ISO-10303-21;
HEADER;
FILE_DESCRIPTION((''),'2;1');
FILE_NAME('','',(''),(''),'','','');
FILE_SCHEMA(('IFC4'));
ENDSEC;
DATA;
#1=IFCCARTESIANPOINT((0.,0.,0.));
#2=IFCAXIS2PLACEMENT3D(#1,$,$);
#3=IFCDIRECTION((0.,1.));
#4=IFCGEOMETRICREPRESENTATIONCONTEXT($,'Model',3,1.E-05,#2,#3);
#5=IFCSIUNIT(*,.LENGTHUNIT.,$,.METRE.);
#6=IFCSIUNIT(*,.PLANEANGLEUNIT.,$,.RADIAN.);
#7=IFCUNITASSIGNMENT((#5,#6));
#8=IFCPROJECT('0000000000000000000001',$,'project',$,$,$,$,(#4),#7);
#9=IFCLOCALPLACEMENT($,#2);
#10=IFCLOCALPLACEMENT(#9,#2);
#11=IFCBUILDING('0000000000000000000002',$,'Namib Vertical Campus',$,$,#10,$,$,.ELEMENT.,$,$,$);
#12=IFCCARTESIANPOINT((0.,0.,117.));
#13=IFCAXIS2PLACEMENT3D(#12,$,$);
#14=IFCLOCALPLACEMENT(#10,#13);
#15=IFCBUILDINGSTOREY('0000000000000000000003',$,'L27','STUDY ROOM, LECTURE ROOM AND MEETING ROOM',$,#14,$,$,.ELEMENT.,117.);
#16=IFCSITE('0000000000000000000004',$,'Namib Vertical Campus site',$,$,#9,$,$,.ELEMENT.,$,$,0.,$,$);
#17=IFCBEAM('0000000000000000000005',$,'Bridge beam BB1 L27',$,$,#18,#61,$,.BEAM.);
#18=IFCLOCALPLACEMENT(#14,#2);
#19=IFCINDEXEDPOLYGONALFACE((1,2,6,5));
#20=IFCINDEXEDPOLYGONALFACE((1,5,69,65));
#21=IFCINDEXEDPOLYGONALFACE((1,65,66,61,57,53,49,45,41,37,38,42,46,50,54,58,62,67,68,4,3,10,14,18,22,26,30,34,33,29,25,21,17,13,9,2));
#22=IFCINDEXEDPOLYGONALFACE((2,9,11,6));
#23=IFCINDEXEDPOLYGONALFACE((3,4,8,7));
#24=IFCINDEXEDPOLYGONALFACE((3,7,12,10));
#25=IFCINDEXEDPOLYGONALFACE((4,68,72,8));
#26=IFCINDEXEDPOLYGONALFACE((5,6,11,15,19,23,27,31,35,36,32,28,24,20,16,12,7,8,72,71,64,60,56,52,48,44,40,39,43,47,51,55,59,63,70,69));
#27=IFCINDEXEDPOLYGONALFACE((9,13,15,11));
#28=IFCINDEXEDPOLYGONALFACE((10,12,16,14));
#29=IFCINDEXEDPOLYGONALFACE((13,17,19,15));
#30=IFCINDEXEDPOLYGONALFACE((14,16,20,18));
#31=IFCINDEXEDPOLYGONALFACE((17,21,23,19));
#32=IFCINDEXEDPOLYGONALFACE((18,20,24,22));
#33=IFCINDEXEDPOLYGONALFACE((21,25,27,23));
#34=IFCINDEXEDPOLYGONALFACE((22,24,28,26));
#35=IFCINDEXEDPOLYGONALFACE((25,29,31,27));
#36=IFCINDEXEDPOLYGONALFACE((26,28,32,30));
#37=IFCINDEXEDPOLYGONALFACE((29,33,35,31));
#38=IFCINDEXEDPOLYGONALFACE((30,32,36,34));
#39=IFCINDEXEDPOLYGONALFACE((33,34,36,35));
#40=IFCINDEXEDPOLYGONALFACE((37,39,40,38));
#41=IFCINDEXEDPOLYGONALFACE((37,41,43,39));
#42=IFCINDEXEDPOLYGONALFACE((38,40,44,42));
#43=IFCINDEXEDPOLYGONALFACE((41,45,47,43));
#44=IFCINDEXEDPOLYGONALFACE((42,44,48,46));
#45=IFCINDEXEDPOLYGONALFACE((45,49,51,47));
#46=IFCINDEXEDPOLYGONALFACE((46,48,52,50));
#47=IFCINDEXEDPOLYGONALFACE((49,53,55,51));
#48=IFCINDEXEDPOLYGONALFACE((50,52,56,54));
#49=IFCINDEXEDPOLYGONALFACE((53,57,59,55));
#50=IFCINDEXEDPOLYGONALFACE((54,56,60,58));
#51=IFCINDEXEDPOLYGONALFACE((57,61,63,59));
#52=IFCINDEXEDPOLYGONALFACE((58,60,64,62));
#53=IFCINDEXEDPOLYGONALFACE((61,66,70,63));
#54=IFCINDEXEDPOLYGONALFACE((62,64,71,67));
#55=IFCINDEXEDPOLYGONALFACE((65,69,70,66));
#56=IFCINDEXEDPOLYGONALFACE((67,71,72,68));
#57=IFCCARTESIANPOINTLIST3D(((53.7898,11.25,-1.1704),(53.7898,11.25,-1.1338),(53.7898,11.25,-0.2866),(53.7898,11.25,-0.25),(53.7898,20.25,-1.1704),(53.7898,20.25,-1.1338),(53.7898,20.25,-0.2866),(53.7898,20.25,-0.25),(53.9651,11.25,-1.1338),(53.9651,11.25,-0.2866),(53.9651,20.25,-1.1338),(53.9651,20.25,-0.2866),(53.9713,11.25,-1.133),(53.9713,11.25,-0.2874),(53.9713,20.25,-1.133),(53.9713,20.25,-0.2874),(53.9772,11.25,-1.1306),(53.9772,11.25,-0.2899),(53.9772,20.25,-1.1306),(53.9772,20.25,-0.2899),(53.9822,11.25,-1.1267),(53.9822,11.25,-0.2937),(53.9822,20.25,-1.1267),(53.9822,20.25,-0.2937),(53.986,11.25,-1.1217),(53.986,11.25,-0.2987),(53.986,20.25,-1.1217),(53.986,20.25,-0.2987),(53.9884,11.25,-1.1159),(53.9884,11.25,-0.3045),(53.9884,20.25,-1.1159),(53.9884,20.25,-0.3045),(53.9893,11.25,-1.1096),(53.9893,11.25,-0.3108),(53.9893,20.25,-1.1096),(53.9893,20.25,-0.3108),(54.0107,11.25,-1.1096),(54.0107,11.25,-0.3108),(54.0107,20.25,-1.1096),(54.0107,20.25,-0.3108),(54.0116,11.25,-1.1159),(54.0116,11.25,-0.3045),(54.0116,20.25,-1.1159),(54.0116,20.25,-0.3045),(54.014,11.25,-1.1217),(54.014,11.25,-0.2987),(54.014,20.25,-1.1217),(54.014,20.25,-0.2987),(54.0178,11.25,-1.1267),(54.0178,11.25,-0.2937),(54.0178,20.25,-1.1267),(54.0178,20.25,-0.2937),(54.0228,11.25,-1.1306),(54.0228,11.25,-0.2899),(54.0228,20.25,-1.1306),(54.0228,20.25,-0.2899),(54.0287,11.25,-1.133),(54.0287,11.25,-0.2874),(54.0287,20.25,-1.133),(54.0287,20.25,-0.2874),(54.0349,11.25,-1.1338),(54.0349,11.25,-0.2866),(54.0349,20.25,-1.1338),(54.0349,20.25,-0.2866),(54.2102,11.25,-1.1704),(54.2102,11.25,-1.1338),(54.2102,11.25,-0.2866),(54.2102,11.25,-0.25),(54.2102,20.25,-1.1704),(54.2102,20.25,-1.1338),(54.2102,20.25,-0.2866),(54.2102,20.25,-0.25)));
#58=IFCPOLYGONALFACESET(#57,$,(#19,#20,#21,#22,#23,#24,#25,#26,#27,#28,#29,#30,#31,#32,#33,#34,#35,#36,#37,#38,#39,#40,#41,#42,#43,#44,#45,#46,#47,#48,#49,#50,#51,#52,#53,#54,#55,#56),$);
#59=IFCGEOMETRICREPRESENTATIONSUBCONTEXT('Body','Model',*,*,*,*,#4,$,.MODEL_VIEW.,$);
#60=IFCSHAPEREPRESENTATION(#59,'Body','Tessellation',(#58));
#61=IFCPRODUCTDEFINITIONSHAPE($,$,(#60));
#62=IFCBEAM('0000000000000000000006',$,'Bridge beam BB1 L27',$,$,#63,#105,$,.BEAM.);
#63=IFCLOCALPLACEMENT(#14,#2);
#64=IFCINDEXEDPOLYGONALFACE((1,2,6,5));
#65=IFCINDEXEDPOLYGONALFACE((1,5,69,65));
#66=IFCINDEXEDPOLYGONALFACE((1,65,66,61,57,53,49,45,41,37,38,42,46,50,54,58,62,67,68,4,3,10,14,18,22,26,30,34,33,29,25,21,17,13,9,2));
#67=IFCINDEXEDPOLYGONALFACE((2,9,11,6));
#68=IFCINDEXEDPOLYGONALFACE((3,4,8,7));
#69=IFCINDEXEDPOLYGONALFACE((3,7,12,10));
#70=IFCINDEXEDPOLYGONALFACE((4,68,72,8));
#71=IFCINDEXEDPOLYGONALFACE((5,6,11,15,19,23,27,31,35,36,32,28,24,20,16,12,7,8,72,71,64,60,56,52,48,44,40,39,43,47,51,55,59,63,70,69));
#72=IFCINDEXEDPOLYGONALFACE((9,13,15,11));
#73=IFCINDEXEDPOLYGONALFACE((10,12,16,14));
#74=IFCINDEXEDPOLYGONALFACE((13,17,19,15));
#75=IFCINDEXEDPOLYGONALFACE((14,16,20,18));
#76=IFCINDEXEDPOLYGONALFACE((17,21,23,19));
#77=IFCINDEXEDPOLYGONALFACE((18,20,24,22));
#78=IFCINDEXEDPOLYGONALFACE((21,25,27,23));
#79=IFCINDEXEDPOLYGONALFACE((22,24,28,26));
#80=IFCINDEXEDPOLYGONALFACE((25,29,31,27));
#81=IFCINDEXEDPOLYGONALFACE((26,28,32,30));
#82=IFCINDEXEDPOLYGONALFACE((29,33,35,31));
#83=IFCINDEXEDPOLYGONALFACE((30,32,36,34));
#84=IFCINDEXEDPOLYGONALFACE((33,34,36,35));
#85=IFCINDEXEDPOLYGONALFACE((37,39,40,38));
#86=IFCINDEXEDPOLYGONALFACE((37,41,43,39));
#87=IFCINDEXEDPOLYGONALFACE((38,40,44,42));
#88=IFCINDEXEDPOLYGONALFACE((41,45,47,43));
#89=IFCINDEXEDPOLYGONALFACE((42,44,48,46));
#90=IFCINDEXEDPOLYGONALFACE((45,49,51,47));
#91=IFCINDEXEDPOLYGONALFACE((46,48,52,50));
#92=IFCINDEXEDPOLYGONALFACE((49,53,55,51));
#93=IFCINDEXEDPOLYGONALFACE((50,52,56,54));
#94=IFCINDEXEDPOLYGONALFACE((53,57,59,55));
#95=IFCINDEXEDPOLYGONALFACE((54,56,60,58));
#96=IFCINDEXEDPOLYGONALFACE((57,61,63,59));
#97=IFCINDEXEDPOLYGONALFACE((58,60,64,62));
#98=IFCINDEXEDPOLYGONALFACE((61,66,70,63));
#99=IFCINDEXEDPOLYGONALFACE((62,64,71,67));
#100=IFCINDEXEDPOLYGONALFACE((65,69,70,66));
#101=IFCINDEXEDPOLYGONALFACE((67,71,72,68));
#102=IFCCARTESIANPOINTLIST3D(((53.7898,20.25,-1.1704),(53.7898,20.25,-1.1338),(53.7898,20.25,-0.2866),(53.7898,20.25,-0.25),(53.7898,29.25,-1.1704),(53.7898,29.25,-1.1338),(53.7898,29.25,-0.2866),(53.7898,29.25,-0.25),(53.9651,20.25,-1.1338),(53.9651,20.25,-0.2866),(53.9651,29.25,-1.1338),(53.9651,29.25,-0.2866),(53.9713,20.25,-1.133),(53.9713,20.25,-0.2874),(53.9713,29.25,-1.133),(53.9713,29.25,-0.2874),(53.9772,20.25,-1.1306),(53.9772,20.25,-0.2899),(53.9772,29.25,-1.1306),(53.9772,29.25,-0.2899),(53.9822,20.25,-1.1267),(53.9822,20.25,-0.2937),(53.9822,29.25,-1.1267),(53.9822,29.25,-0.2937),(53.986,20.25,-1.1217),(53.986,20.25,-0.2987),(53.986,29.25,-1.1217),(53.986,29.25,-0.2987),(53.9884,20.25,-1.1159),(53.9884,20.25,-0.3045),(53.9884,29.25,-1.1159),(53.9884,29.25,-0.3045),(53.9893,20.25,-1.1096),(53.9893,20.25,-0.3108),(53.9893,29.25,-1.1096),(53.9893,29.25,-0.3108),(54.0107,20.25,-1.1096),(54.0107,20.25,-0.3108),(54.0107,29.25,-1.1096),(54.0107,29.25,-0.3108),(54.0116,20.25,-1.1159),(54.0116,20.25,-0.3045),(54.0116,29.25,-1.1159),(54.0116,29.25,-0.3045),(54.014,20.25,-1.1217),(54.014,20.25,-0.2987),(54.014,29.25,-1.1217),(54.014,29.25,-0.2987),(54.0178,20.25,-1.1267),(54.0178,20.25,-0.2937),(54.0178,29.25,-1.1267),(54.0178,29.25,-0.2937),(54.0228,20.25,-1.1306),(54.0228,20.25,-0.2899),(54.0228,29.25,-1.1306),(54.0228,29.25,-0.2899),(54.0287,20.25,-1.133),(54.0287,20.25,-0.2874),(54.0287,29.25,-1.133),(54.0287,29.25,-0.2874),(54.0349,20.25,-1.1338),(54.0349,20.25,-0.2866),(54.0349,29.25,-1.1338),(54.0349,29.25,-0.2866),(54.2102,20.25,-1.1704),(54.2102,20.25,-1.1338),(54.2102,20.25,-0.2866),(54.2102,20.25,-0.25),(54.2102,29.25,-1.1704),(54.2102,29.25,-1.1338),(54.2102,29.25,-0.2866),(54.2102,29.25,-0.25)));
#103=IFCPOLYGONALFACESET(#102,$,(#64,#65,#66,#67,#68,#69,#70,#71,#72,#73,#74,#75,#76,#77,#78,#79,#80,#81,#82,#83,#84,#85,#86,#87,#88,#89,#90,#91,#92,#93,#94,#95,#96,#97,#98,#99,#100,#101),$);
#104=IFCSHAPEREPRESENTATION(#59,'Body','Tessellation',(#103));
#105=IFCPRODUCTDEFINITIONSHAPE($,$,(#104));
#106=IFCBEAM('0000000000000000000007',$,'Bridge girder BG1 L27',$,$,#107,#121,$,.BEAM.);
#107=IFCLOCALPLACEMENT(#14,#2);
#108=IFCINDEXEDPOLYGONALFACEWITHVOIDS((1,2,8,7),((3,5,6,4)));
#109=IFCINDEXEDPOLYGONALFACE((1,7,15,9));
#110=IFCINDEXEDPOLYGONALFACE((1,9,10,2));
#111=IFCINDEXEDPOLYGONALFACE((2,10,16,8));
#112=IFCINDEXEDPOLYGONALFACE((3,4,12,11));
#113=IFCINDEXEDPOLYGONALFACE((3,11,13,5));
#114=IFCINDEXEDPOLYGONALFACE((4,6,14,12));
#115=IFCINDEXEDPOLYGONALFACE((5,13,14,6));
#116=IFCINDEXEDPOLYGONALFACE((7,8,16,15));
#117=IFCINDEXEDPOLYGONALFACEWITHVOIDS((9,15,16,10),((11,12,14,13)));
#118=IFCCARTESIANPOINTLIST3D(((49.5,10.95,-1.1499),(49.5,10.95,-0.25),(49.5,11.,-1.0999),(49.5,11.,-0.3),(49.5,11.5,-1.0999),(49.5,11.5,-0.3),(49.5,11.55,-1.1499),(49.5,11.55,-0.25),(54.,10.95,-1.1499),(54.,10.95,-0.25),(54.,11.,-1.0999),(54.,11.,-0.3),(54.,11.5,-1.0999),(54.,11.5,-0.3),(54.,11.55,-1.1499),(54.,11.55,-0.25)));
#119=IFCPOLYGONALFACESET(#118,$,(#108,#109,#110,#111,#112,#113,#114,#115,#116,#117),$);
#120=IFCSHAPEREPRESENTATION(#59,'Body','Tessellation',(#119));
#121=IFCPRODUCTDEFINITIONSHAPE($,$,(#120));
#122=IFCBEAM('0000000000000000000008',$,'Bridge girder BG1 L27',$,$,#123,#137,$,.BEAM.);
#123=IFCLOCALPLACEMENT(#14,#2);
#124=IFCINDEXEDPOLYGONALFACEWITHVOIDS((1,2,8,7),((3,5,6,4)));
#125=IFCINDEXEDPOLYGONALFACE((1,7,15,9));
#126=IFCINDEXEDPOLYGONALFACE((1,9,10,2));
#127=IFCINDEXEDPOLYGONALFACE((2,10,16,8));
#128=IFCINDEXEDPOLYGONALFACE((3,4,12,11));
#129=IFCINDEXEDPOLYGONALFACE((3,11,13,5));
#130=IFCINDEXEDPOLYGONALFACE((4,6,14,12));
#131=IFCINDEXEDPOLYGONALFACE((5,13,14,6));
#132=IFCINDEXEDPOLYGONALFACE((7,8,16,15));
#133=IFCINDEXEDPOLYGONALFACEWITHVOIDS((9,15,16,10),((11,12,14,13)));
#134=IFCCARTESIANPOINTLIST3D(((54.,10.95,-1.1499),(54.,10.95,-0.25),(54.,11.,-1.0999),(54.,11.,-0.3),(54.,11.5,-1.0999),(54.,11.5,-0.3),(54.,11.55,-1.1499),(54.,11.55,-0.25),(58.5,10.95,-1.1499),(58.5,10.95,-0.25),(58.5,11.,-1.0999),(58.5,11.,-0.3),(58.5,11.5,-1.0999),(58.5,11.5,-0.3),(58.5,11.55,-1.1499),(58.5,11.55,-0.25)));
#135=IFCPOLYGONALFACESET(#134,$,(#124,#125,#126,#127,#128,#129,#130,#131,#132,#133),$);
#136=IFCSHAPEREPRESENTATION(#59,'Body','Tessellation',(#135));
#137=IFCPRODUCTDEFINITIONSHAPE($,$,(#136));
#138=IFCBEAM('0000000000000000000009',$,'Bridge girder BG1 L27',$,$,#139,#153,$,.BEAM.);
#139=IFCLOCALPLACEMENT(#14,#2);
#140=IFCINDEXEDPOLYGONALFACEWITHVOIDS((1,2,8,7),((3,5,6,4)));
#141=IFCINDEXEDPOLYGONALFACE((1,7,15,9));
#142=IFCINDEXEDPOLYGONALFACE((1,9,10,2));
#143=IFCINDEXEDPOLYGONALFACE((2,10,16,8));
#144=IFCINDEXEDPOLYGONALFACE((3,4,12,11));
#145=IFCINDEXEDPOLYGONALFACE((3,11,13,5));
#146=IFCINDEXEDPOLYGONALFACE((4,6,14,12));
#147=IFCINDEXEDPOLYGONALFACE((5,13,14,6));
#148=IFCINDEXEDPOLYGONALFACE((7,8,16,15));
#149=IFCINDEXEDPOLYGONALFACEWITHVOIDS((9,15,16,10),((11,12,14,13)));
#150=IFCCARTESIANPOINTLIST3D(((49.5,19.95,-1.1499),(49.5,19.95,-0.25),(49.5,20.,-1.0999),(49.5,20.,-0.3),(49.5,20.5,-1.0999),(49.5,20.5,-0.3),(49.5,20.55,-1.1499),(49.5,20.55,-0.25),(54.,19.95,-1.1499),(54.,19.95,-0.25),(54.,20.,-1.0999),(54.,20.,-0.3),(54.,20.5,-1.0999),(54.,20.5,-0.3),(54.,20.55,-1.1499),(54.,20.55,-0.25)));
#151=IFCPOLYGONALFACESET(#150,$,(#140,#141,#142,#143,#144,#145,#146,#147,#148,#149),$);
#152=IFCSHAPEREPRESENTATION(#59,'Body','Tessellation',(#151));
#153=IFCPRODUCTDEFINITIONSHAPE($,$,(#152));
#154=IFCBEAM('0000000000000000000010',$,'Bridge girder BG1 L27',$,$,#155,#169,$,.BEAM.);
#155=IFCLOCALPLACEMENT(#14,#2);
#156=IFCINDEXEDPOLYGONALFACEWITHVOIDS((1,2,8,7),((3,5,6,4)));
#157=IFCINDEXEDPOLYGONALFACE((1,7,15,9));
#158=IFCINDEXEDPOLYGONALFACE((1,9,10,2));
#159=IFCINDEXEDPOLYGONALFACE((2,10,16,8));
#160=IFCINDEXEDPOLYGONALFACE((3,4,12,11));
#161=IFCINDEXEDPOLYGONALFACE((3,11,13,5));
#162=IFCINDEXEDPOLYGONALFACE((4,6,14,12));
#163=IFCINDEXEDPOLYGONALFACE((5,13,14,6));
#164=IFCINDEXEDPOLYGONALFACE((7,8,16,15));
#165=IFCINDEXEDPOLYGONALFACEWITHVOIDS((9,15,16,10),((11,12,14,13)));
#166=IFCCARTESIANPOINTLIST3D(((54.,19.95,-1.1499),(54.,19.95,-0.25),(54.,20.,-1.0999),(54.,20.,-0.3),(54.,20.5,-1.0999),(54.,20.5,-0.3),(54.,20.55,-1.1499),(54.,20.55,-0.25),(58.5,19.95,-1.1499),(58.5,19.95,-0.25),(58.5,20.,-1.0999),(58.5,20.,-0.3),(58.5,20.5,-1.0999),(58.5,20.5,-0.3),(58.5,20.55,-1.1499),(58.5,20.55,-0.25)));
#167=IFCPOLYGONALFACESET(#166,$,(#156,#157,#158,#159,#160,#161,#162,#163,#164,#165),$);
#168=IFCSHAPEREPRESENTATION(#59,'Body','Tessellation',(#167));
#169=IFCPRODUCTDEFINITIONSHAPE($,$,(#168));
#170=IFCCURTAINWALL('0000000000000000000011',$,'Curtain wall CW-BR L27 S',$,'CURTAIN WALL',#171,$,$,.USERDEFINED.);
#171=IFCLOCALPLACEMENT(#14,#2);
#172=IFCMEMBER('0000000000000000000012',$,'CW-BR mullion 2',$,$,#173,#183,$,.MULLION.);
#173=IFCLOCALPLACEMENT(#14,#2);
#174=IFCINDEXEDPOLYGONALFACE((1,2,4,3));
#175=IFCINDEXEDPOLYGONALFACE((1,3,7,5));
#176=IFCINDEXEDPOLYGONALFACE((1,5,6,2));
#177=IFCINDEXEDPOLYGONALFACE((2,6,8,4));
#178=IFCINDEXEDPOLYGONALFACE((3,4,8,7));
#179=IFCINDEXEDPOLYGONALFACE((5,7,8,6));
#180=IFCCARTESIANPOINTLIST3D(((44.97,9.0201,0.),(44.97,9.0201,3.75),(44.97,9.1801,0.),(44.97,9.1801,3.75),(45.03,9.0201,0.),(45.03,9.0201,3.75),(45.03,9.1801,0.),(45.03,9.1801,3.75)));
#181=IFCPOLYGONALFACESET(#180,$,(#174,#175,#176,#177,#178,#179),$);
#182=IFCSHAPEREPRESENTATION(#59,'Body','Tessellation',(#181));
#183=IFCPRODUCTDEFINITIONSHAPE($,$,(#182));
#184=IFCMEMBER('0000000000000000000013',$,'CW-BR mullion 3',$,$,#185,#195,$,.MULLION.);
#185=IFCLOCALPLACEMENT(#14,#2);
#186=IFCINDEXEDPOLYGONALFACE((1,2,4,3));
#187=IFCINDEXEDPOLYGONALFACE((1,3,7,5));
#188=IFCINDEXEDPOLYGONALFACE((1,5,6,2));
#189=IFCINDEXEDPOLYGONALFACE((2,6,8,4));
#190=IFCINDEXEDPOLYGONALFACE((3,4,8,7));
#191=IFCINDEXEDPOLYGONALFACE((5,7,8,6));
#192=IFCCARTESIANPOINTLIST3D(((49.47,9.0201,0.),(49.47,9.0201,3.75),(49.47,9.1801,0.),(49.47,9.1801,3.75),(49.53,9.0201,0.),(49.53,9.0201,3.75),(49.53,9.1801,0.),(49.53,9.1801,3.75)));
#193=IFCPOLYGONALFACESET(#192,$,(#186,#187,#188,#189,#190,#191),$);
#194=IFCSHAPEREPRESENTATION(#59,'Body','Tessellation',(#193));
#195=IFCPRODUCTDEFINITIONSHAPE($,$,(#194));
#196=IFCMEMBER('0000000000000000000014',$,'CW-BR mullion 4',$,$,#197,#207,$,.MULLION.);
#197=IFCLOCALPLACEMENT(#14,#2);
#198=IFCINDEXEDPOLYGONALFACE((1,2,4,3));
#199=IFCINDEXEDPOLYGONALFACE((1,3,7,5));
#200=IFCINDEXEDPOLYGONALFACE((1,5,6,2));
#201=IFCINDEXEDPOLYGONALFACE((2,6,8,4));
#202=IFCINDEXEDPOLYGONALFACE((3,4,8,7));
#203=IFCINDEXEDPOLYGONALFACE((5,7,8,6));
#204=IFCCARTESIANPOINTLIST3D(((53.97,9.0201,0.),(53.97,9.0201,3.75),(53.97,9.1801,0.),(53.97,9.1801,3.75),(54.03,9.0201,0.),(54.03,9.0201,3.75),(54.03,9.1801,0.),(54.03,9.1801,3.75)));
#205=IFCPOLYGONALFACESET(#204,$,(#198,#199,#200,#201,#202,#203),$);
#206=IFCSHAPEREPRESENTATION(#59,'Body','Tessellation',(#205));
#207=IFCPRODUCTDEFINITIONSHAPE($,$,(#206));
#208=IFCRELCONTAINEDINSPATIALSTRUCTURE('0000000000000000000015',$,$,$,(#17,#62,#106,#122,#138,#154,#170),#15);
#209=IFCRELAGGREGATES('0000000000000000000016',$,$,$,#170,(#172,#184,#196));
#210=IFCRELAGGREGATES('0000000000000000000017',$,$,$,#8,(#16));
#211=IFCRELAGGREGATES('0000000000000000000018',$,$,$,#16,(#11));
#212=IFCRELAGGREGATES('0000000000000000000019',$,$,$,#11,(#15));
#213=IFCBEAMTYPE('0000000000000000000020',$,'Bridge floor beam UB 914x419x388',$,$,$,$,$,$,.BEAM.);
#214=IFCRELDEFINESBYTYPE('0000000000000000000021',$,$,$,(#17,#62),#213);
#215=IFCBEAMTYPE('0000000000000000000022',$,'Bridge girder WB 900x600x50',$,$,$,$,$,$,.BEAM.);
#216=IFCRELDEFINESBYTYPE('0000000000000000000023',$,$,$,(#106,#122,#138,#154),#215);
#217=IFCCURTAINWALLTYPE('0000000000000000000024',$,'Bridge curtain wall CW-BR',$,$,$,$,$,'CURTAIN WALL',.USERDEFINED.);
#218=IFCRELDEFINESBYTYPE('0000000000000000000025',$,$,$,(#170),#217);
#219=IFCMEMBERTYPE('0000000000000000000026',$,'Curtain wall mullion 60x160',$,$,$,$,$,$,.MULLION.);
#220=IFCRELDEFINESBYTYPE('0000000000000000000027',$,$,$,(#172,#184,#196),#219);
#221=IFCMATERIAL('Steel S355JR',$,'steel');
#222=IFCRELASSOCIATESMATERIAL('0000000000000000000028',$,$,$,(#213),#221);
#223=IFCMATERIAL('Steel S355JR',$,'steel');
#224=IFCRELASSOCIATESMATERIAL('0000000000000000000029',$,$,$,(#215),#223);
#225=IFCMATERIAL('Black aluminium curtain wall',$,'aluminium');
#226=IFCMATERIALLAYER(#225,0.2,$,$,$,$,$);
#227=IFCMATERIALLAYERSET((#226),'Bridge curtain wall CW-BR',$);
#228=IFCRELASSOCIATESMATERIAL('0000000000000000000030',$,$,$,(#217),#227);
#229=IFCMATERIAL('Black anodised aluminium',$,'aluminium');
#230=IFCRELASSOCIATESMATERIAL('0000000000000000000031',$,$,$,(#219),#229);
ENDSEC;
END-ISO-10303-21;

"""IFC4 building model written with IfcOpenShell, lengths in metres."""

from ifc_helpers import new_model, si_unit, direction, frame, origin, origin_2d, place, context, subcontext, project, spatial, rectangle, hollow_rectangle, i_section, extrude, material, layer, layer_set, material_profile, profile_set, type_object, element, aggregate, save


model = new_model("IFC4")

# Units and contexts
model_context = context("Model", 3, precision=1e-05, world=origin(), true_north=direction((0.0, 1.0)))
body_context = subcontext(model_context, "Body", "Model", "MODEL_VIEW")
ifc_project = project(units=[si_unit("LENGTHUNIT", "METRE"), si_unit("PLANEANGLEUNIT", "RADIAN")], contexts=[model_context])

# Site, building, storey
site_placement = place(None, origin())
site = spatial("IfcSite", under=ifc_project, at=site_placement, Name="Namib Vertical Campus site", CompositionType="ELEMENT", RefElevation=0.0)
building_placement = place(site_placement, origin())
building = spatial("IfcBuilding", under=site, at=building_placement, Name="Namib Vertical Campus", CompositionType="ELEMENT")
storey_placement = place(building_placement, frame((0.0, 0.0, 117.0)))
storey = spatial("IfcBuildingStorey", under=building, at=storey_placement, Name="L27", Description="STUDY ROOM, LECTURE ROOM AND MEETING ROOM", CompositionType="ELEMENT", Elevation=117.0)

# Beams
ifc_material_1 = material(Name="Steel S355JR", Category="steel")
ifc_material_profile_1 = material_profile(ifc_material_1, i_section(OverallWidth=0.4204, OverallDepth=0.9204, WebThickness=0.0215, FlangeThickness=0.0366, FilletRadius=0.0242, at=origin_2d()))
ifc_profile_set_1 = profile_set([ifc_material_profile_1], Name="Steel S355JR")
beam_type_1 = type_object("IfcBeamType", Name="Bridge floor beam UB 914x419x388", PredefinedType="BEAM", material=ifc_profile_set_1)
for number, where, z_axis, x_axis, name in (
    (1, (54.0, 11.25, -0.7102), (0.0, 1.0, 0.0), (-1.0, 0.0, 0.0), "Bridge beam BB1 L27"),
    (2, (54.0, 20.25, -0.7102), (0.0, 1.0, 0.0), (-1.0, 0.0, 0.0), "Bridge beam BB1 L27"),
):
    element("IfcBeam", number, at=place(storey_placement, frame(where, z_axis=z_axis, x_axis=x_axis)), inside=storey, type_object=beam_type_1, Name=name, PredefinedType="BEAM", context=body_context, shape_type="SweptSolid", body=[
        extrude(i_section(OverallWidth=0.4204, OverallDepth=0.9204, WebThickness=0.0215, FlangeThickness=0.0366, FilletRadius=0.0242, at=origin_2d()), origin(), (0.0, 0.0, 1.0), 9.0),
    ])
ifc_material_2 = material(Name="Steel S355JR", Category="steel")
ifc_material_profile_2 = material_profile(ifc_material_2, hollow_rectangle(XDim=0.6001, YDim=0.8999, WallThickness=0.05, at=origin_2d()))
ifc_profile_set_2 = profile_set([ifc_material_profile_2], Name="Steel S355JR")
beam_type_2 = type_object("IfcBeamType", Name="Bridge girder WB 900x600x50", PredefinedType="BEAM", material=ifc_profile_set_2)
for number, where, z_axis, x_axis, name in (
    (3, (49.5, 11.25, -0.7), (1.0, 0.0, 0.0), (0.0, 1.0, 0.0), "Bridge girder BG1 L27"),
    (4, (54.0, 11.25, -0.7), (1.0, 0.0, 0.0), (0.0, 1.0, 0.0), "Bridge girder BG1 L27"),
    (5, (49.5, 20.25, -0.7), (1.0, 0.0, 0.0), (0.0, 1.0, 0.0), "Bridge girder BG1 L27"),
    (6, (54.0, 20.25, -0.7), (1.0, 0.0, 0.0), (0.0, 1.0, 0.0), "Bridge girder BG1 L27"),
):
    element("IfcBeam", number, at=place(storey_placement, frame(where, z_axis=z_axis, x_axis=x_axis)), inside=storey, type_object=beam_type_2, Name=name, PredefinedType="BEAM", context=body_context, shape_type="SweptSolid", body=[
        extrude(hollow_rectangle(XDim=0.6001, YDim=0.8999, WallThickness=0.05, at=origin_2d()), origin(), (0.0, 0.0, 1.0), 4.5),
    ])

# Curtain wall, members
ifc_material_3 = material(Name="Black aluminium curtain wall", Category="aluminium")
ifc_layer_1 = layer(ifc_material_3, 0.2)
ifc_layer_set_1 = layer_set([ifc_layer_1], Name="Bridge curtain wall CW-BR")
curtain_wall_type = type_object("IfcCurtainWallType", Name="Bridge curtain wall CW-BR", ElementType="CURTAIN WALL", PredefinedType="USERDEFINED", material=ifc_layer_set_1)
curtain_wall_placement = place(storey_placement, origin())
curtain_wall = element("IfcCurtainWall", 7, at=curtain_wall_placement, inside=storey, type_object=curtain_wall_type, Name="Curtain wall CW-BR L27 S", ObjectType="CURTAIN WALL", PredefinedType="USERDEFINED")
ifc_material_4 = material(Name="Black anodised aluminium", Category="aluminium")
ifc_material_profile_3 = material_profile(ifc_material_4, rectangle(XDim=0.0601, YDim=0.1599, at=origin_2d()))
ifc_profile_set_3 = profile_set([ifc_material_profile_3], Name="Black anodised aluminium")
member_type_1 = type_object("IfcMemberType", Name="Curtain wall mullion 60x160", PredefinedType="MULLION", material=ifc_profile_set_3)
member_1_placement = place(storey_placement, frame((45.0, 9.1001, 0.0), z_axis=(0.0, 0.0, 1.0), x_axis=(1.0, 0.0, 0.0)))
member_1 = element("IfcMember", 8, at=member_1_placement, type_object=member_type_1, Name="CW-BR mullion 2", PredefinedType="MULLION", context=body_context, shape_type="SweptSolid", body=[
    extrude(rectangle(XDim=0.0601, YDim=0.1599, at=origin_2d()), origin(), (0.0, 0.0, 1.0), 3.75),
])
member_2_placement = place(storey_placement, frame((49.5, 9.1001, 0.0), z_axis=(0.0, 0.0, 1.0), x_axis=(1.0, 0.0, 0.0)))
member_2 = element("IfcMember", 9, at=member_2_placement, type_object=member_type_1, Name="CW-BR mullion 3", PredefinedType="MULLION", context=body_context, shape_type="SweptSolid", body=[
    extrude(rectangle(XDim=0.0601, YDim=0.1599, at=origin_2d()), origin(), (0.0, 0.0, 1.0), 3.75),
])
member_3_placement = place(storey_placement, frame((54.0, 9.1001, 0.0), z_axis=(0.0, 0.0, 1.0), x_axis=(1.0, 0.0, 0.0)))
member_3 = element("IfcMember", 10, at=member_3_placement, type_object=member_type_1, Name="CW-BR mullion 4", PredefinedType="MULLION", context=body_context, shape_type="SweptSolid", body=[
    extrude(rectangle(XDim=0.0601, YDim=0.1599, at=origin_2d()), origin(), (0.0, 0.0, 1.0), 3.75),
])
aggregate(curtain_wall, [member_1, member_2, member_3])

save(model, "model.ifc")
